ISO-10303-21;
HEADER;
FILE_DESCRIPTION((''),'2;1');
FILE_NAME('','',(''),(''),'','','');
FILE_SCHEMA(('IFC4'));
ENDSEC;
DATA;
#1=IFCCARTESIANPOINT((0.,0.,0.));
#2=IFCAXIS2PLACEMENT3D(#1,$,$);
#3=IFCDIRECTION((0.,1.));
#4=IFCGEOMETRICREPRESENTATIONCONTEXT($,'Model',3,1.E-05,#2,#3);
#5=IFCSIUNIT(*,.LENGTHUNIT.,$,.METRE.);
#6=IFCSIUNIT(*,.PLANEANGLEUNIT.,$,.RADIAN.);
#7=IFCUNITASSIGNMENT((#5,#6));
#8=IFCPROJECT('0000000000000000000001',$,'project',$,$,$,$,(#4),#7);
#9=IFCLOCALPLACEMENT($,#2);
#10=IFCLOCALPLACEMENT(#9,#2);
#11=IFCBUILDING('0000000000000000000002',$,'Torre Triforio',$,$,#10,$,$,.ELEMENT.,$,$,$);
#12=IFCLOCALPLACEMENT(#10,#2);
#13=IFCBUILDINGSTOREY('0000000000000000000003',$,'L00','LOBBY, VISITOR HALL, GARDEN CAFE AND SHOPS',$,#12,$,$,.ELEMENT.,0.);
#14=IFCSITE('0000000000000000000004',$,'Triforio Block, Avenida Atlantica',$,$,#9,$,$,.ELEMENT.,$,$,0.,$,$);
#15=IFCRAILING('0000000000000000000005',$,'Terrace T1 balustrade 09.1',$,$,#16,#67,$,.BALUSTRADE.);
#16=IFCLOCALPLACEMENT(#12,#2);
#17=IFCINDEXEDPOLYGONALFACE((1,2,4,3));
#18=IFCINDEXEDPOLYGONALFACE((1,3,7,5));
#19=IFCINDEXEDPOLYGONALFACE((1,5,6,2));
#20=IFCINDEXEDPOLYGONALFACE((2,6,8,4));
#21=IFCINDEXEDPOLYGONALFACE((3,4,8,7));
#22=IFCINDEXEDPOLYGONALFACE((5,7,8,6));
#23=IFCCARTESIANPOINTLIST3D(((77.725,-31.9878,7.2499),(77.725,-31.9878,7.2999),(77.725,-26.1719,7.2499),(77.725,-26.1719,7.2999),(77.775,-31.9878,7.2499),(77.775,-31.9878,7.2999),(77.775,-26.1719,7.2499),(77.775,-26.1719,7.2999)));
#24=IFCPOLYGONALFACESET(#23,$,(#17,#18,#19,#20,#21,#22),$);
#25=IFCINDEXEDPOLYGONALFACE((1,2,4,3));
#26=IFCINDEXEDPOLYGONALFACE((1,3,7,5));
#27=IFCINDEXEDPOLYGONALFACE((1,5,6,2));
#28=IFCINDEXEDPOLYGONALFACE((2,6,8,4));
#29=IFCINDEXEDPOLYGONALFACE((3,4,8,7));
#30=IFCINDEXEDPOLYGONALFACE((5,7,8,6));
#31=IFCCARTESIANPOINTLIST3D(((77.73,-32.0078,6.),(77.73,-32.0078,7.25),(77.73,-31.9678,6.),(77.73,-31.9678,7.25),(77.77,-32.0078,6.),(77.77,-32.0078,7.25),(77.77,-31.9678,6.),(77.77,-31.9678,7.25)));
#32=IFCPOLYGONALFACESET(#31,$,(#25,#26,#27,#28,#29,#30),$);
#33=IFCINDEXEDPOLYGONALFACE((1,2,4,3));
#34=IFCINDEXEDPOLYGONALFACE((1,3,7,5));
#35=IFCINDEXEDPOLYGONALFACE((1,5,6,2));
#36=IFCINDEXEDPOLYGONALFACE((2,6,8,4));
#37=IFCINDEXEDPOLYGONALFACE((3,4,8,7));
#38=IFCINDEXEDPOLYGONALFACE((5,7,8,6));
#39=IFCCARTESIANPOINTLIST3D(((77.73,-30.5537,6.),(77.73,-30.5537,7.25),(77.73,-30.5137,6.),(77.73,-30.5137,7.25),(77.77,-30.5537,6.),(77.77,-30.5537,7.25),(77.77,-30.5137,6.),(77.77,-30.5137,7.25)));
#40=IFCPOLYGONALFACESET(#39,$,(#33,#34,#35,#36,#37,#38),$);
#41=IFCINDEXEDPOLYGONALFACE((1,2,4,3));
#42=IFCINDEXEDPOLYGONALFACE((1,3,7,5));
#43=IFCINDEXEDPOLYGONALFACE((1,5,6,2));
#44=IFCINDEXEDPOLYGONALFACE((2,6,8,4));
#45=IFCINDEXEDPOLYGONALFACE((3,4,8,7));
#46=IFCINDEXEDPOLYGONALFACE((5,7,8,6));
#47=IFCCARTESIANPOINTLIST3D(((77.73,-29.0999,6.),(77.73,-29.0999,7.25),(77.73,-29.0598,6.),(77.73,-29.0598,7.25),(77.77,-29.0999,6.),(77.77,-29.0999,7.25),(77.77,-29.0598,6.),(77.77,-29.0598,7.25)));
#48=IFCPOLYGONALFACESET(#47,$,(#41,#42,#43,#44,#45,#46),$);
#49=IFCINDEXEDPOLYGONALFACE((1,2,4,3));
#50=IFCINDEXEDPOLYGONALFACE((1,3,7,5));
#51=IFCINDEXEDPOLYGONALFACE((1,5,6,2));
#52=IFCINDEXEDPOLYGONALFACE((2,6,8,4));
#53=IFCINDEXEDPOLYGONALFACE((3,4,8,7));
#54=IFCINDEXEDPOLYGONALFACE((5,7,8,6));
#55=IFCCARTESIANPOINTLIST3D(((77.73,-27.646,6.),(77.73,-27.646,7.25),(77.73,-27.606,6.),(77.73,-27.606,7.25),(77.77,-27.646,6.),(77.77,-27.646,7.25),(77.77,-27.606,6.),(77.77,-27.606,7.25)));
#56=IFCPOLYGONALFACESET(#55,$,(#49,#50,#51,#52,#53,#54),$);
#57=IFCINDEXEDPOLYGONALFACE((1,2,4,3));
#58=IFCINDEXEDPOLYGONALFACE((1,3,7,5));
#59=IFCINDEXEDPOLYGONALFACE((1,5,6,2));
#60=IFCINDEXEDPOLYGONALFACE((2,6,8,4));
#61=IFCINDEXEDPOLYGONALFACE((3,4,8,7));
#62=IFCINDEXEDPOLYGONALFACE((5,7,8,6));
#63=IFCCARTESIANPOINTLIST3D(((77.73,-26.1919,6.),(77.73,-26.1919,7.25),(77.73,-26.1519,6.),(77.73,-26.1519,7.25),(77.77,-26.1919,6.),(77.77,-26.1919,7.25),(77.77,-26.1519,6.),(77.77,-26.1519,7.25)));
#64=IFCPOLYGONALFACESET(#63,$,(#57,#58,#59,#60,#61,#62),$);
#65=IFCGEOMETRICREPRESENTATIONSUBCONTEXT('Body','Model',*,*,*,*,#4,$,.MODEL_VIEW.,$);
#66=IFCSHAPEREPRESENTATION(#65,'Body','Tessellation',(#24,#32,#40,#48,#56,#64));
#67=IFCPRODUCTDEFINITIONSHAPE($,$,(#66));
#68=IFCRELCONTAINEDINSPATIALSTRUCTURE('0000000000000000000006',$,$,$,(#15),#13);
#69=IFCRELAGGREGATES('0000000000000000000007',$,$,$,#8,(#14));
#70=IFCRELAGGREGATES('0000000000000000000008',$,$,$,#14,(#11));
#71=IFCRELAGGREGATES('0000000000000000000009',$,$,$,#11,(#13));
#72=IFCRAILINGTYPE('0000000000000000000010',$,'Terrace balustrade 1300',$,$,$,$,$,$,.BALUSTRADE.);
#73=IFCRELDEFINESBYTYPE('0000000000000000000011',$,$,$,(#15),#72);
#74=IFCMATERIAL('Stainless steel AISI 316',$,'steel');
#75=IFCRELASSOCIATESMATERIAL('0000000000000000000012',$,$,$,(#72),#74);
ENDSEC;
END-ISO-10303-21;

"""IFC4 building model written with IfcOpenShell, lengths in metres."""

from ifc_helpers import new_model, si_unit, direction, frame, origin, origin_2d, place, context, subcontext, project, spatial, rectangle, extrude, material, type_object, element, save


model = new_model("IFC4")

# Units and contexts
model_context = context("Model", 3, precision=1e-05, world=origin(), true_north=direction((0.0, 1.0)))
body_context = subcontext(model_context, "Body", "Model", "MODEL_VIEW")
ifc_project = project(units=[si_unit("LENGTHUNIT", "METRE"), si_unit("PLANEANGLEUNIT", "RADIAN")], contexts=[model_context])

# Site, building, storey
site_placement = place(None, origin())
site = spatial("IfcSite", under=ifc_project, at=site_placement, Name="Triforio Block, Avenida Atlantica", CompositionType="ELEMENT", RefElevation=0.0)
building_placement = place(site_placement, origin())
building = spatial("IfcBuilding", under=site, at=building_placement, Name="Torre Triforio", CompositionType="ELEMENT")
storey_placement = place(building_placement, origin())
storey = spatial("IfcBuildingStorey", under=building, at=storey_placement, Name="L00", Description="LOBBY, VISITOR HALL, GARDEN CAFE AND SHOPS", CompositionType="ELEMENT", Elevation=0.0)

# Railing
ifc_material_1 = material(Name="Stainless steel AISI 316", Category="steel")
railing_type_1 = type_object("IfcRailingType", Name="Terrace balustrade 1300", PredefinedType="BALUSTRADE", material=ifc_material_1)
railing_1_placement = place(storey_placement, frame((77.75, -31.9878, 6.0)))
element("IfcRailing", 1, at=railing_1_placement, inside=storey, type_object=railing_type_1, Name="Terrace T1 balustrade 09.1", PredefinedType="BALUSTRADE", context=body_context, shape_type="SweptSolid", body=[
    extrude(rectangle(XDim=0.05, YDim=0.05, at=origin_2d()), frame((0.0, 0.0, 1.2749), z_axis=(0.0, 1.0, 0.0), x_axis=(-1.0, 0.0, 0.0)), (0.0, 0.0, 1.0), 5.8159),
    extrude(rectangle(XDim=0.04, YDim=0.04, at=origin_2d()), origin(), (0.0, 0.0, 1.0), 1.25),
    extrude(rectangle(XDim=0.04, YDim=0.04, at=origin_2d()), frame((0.0, 1.4541, 0.0)), (0.0, 0.0, 1.0), 1.25),
    extrude(rectangle(XDim=0.04, YDim=0.04, at=origin_2d()), frame((0.0, 2.908, 0.0)), (0.0, 0.0, 1.0), 1.25),
    extrude(rectangle(XDim=0.04, YDim=0.04, at=origin_2d()), frame((0.0, 4.3618, 0.0)), (0.0, 0.0, 1.0), 1.25),
    extrude(rectangle(XDim=0.04, YDim=0.04, at=origin_2d()), frame((0.0, 5.8159, 0.0)), (0.0, 0.0, 1.0), 1.25),
])

save(model, "model.ifc")
